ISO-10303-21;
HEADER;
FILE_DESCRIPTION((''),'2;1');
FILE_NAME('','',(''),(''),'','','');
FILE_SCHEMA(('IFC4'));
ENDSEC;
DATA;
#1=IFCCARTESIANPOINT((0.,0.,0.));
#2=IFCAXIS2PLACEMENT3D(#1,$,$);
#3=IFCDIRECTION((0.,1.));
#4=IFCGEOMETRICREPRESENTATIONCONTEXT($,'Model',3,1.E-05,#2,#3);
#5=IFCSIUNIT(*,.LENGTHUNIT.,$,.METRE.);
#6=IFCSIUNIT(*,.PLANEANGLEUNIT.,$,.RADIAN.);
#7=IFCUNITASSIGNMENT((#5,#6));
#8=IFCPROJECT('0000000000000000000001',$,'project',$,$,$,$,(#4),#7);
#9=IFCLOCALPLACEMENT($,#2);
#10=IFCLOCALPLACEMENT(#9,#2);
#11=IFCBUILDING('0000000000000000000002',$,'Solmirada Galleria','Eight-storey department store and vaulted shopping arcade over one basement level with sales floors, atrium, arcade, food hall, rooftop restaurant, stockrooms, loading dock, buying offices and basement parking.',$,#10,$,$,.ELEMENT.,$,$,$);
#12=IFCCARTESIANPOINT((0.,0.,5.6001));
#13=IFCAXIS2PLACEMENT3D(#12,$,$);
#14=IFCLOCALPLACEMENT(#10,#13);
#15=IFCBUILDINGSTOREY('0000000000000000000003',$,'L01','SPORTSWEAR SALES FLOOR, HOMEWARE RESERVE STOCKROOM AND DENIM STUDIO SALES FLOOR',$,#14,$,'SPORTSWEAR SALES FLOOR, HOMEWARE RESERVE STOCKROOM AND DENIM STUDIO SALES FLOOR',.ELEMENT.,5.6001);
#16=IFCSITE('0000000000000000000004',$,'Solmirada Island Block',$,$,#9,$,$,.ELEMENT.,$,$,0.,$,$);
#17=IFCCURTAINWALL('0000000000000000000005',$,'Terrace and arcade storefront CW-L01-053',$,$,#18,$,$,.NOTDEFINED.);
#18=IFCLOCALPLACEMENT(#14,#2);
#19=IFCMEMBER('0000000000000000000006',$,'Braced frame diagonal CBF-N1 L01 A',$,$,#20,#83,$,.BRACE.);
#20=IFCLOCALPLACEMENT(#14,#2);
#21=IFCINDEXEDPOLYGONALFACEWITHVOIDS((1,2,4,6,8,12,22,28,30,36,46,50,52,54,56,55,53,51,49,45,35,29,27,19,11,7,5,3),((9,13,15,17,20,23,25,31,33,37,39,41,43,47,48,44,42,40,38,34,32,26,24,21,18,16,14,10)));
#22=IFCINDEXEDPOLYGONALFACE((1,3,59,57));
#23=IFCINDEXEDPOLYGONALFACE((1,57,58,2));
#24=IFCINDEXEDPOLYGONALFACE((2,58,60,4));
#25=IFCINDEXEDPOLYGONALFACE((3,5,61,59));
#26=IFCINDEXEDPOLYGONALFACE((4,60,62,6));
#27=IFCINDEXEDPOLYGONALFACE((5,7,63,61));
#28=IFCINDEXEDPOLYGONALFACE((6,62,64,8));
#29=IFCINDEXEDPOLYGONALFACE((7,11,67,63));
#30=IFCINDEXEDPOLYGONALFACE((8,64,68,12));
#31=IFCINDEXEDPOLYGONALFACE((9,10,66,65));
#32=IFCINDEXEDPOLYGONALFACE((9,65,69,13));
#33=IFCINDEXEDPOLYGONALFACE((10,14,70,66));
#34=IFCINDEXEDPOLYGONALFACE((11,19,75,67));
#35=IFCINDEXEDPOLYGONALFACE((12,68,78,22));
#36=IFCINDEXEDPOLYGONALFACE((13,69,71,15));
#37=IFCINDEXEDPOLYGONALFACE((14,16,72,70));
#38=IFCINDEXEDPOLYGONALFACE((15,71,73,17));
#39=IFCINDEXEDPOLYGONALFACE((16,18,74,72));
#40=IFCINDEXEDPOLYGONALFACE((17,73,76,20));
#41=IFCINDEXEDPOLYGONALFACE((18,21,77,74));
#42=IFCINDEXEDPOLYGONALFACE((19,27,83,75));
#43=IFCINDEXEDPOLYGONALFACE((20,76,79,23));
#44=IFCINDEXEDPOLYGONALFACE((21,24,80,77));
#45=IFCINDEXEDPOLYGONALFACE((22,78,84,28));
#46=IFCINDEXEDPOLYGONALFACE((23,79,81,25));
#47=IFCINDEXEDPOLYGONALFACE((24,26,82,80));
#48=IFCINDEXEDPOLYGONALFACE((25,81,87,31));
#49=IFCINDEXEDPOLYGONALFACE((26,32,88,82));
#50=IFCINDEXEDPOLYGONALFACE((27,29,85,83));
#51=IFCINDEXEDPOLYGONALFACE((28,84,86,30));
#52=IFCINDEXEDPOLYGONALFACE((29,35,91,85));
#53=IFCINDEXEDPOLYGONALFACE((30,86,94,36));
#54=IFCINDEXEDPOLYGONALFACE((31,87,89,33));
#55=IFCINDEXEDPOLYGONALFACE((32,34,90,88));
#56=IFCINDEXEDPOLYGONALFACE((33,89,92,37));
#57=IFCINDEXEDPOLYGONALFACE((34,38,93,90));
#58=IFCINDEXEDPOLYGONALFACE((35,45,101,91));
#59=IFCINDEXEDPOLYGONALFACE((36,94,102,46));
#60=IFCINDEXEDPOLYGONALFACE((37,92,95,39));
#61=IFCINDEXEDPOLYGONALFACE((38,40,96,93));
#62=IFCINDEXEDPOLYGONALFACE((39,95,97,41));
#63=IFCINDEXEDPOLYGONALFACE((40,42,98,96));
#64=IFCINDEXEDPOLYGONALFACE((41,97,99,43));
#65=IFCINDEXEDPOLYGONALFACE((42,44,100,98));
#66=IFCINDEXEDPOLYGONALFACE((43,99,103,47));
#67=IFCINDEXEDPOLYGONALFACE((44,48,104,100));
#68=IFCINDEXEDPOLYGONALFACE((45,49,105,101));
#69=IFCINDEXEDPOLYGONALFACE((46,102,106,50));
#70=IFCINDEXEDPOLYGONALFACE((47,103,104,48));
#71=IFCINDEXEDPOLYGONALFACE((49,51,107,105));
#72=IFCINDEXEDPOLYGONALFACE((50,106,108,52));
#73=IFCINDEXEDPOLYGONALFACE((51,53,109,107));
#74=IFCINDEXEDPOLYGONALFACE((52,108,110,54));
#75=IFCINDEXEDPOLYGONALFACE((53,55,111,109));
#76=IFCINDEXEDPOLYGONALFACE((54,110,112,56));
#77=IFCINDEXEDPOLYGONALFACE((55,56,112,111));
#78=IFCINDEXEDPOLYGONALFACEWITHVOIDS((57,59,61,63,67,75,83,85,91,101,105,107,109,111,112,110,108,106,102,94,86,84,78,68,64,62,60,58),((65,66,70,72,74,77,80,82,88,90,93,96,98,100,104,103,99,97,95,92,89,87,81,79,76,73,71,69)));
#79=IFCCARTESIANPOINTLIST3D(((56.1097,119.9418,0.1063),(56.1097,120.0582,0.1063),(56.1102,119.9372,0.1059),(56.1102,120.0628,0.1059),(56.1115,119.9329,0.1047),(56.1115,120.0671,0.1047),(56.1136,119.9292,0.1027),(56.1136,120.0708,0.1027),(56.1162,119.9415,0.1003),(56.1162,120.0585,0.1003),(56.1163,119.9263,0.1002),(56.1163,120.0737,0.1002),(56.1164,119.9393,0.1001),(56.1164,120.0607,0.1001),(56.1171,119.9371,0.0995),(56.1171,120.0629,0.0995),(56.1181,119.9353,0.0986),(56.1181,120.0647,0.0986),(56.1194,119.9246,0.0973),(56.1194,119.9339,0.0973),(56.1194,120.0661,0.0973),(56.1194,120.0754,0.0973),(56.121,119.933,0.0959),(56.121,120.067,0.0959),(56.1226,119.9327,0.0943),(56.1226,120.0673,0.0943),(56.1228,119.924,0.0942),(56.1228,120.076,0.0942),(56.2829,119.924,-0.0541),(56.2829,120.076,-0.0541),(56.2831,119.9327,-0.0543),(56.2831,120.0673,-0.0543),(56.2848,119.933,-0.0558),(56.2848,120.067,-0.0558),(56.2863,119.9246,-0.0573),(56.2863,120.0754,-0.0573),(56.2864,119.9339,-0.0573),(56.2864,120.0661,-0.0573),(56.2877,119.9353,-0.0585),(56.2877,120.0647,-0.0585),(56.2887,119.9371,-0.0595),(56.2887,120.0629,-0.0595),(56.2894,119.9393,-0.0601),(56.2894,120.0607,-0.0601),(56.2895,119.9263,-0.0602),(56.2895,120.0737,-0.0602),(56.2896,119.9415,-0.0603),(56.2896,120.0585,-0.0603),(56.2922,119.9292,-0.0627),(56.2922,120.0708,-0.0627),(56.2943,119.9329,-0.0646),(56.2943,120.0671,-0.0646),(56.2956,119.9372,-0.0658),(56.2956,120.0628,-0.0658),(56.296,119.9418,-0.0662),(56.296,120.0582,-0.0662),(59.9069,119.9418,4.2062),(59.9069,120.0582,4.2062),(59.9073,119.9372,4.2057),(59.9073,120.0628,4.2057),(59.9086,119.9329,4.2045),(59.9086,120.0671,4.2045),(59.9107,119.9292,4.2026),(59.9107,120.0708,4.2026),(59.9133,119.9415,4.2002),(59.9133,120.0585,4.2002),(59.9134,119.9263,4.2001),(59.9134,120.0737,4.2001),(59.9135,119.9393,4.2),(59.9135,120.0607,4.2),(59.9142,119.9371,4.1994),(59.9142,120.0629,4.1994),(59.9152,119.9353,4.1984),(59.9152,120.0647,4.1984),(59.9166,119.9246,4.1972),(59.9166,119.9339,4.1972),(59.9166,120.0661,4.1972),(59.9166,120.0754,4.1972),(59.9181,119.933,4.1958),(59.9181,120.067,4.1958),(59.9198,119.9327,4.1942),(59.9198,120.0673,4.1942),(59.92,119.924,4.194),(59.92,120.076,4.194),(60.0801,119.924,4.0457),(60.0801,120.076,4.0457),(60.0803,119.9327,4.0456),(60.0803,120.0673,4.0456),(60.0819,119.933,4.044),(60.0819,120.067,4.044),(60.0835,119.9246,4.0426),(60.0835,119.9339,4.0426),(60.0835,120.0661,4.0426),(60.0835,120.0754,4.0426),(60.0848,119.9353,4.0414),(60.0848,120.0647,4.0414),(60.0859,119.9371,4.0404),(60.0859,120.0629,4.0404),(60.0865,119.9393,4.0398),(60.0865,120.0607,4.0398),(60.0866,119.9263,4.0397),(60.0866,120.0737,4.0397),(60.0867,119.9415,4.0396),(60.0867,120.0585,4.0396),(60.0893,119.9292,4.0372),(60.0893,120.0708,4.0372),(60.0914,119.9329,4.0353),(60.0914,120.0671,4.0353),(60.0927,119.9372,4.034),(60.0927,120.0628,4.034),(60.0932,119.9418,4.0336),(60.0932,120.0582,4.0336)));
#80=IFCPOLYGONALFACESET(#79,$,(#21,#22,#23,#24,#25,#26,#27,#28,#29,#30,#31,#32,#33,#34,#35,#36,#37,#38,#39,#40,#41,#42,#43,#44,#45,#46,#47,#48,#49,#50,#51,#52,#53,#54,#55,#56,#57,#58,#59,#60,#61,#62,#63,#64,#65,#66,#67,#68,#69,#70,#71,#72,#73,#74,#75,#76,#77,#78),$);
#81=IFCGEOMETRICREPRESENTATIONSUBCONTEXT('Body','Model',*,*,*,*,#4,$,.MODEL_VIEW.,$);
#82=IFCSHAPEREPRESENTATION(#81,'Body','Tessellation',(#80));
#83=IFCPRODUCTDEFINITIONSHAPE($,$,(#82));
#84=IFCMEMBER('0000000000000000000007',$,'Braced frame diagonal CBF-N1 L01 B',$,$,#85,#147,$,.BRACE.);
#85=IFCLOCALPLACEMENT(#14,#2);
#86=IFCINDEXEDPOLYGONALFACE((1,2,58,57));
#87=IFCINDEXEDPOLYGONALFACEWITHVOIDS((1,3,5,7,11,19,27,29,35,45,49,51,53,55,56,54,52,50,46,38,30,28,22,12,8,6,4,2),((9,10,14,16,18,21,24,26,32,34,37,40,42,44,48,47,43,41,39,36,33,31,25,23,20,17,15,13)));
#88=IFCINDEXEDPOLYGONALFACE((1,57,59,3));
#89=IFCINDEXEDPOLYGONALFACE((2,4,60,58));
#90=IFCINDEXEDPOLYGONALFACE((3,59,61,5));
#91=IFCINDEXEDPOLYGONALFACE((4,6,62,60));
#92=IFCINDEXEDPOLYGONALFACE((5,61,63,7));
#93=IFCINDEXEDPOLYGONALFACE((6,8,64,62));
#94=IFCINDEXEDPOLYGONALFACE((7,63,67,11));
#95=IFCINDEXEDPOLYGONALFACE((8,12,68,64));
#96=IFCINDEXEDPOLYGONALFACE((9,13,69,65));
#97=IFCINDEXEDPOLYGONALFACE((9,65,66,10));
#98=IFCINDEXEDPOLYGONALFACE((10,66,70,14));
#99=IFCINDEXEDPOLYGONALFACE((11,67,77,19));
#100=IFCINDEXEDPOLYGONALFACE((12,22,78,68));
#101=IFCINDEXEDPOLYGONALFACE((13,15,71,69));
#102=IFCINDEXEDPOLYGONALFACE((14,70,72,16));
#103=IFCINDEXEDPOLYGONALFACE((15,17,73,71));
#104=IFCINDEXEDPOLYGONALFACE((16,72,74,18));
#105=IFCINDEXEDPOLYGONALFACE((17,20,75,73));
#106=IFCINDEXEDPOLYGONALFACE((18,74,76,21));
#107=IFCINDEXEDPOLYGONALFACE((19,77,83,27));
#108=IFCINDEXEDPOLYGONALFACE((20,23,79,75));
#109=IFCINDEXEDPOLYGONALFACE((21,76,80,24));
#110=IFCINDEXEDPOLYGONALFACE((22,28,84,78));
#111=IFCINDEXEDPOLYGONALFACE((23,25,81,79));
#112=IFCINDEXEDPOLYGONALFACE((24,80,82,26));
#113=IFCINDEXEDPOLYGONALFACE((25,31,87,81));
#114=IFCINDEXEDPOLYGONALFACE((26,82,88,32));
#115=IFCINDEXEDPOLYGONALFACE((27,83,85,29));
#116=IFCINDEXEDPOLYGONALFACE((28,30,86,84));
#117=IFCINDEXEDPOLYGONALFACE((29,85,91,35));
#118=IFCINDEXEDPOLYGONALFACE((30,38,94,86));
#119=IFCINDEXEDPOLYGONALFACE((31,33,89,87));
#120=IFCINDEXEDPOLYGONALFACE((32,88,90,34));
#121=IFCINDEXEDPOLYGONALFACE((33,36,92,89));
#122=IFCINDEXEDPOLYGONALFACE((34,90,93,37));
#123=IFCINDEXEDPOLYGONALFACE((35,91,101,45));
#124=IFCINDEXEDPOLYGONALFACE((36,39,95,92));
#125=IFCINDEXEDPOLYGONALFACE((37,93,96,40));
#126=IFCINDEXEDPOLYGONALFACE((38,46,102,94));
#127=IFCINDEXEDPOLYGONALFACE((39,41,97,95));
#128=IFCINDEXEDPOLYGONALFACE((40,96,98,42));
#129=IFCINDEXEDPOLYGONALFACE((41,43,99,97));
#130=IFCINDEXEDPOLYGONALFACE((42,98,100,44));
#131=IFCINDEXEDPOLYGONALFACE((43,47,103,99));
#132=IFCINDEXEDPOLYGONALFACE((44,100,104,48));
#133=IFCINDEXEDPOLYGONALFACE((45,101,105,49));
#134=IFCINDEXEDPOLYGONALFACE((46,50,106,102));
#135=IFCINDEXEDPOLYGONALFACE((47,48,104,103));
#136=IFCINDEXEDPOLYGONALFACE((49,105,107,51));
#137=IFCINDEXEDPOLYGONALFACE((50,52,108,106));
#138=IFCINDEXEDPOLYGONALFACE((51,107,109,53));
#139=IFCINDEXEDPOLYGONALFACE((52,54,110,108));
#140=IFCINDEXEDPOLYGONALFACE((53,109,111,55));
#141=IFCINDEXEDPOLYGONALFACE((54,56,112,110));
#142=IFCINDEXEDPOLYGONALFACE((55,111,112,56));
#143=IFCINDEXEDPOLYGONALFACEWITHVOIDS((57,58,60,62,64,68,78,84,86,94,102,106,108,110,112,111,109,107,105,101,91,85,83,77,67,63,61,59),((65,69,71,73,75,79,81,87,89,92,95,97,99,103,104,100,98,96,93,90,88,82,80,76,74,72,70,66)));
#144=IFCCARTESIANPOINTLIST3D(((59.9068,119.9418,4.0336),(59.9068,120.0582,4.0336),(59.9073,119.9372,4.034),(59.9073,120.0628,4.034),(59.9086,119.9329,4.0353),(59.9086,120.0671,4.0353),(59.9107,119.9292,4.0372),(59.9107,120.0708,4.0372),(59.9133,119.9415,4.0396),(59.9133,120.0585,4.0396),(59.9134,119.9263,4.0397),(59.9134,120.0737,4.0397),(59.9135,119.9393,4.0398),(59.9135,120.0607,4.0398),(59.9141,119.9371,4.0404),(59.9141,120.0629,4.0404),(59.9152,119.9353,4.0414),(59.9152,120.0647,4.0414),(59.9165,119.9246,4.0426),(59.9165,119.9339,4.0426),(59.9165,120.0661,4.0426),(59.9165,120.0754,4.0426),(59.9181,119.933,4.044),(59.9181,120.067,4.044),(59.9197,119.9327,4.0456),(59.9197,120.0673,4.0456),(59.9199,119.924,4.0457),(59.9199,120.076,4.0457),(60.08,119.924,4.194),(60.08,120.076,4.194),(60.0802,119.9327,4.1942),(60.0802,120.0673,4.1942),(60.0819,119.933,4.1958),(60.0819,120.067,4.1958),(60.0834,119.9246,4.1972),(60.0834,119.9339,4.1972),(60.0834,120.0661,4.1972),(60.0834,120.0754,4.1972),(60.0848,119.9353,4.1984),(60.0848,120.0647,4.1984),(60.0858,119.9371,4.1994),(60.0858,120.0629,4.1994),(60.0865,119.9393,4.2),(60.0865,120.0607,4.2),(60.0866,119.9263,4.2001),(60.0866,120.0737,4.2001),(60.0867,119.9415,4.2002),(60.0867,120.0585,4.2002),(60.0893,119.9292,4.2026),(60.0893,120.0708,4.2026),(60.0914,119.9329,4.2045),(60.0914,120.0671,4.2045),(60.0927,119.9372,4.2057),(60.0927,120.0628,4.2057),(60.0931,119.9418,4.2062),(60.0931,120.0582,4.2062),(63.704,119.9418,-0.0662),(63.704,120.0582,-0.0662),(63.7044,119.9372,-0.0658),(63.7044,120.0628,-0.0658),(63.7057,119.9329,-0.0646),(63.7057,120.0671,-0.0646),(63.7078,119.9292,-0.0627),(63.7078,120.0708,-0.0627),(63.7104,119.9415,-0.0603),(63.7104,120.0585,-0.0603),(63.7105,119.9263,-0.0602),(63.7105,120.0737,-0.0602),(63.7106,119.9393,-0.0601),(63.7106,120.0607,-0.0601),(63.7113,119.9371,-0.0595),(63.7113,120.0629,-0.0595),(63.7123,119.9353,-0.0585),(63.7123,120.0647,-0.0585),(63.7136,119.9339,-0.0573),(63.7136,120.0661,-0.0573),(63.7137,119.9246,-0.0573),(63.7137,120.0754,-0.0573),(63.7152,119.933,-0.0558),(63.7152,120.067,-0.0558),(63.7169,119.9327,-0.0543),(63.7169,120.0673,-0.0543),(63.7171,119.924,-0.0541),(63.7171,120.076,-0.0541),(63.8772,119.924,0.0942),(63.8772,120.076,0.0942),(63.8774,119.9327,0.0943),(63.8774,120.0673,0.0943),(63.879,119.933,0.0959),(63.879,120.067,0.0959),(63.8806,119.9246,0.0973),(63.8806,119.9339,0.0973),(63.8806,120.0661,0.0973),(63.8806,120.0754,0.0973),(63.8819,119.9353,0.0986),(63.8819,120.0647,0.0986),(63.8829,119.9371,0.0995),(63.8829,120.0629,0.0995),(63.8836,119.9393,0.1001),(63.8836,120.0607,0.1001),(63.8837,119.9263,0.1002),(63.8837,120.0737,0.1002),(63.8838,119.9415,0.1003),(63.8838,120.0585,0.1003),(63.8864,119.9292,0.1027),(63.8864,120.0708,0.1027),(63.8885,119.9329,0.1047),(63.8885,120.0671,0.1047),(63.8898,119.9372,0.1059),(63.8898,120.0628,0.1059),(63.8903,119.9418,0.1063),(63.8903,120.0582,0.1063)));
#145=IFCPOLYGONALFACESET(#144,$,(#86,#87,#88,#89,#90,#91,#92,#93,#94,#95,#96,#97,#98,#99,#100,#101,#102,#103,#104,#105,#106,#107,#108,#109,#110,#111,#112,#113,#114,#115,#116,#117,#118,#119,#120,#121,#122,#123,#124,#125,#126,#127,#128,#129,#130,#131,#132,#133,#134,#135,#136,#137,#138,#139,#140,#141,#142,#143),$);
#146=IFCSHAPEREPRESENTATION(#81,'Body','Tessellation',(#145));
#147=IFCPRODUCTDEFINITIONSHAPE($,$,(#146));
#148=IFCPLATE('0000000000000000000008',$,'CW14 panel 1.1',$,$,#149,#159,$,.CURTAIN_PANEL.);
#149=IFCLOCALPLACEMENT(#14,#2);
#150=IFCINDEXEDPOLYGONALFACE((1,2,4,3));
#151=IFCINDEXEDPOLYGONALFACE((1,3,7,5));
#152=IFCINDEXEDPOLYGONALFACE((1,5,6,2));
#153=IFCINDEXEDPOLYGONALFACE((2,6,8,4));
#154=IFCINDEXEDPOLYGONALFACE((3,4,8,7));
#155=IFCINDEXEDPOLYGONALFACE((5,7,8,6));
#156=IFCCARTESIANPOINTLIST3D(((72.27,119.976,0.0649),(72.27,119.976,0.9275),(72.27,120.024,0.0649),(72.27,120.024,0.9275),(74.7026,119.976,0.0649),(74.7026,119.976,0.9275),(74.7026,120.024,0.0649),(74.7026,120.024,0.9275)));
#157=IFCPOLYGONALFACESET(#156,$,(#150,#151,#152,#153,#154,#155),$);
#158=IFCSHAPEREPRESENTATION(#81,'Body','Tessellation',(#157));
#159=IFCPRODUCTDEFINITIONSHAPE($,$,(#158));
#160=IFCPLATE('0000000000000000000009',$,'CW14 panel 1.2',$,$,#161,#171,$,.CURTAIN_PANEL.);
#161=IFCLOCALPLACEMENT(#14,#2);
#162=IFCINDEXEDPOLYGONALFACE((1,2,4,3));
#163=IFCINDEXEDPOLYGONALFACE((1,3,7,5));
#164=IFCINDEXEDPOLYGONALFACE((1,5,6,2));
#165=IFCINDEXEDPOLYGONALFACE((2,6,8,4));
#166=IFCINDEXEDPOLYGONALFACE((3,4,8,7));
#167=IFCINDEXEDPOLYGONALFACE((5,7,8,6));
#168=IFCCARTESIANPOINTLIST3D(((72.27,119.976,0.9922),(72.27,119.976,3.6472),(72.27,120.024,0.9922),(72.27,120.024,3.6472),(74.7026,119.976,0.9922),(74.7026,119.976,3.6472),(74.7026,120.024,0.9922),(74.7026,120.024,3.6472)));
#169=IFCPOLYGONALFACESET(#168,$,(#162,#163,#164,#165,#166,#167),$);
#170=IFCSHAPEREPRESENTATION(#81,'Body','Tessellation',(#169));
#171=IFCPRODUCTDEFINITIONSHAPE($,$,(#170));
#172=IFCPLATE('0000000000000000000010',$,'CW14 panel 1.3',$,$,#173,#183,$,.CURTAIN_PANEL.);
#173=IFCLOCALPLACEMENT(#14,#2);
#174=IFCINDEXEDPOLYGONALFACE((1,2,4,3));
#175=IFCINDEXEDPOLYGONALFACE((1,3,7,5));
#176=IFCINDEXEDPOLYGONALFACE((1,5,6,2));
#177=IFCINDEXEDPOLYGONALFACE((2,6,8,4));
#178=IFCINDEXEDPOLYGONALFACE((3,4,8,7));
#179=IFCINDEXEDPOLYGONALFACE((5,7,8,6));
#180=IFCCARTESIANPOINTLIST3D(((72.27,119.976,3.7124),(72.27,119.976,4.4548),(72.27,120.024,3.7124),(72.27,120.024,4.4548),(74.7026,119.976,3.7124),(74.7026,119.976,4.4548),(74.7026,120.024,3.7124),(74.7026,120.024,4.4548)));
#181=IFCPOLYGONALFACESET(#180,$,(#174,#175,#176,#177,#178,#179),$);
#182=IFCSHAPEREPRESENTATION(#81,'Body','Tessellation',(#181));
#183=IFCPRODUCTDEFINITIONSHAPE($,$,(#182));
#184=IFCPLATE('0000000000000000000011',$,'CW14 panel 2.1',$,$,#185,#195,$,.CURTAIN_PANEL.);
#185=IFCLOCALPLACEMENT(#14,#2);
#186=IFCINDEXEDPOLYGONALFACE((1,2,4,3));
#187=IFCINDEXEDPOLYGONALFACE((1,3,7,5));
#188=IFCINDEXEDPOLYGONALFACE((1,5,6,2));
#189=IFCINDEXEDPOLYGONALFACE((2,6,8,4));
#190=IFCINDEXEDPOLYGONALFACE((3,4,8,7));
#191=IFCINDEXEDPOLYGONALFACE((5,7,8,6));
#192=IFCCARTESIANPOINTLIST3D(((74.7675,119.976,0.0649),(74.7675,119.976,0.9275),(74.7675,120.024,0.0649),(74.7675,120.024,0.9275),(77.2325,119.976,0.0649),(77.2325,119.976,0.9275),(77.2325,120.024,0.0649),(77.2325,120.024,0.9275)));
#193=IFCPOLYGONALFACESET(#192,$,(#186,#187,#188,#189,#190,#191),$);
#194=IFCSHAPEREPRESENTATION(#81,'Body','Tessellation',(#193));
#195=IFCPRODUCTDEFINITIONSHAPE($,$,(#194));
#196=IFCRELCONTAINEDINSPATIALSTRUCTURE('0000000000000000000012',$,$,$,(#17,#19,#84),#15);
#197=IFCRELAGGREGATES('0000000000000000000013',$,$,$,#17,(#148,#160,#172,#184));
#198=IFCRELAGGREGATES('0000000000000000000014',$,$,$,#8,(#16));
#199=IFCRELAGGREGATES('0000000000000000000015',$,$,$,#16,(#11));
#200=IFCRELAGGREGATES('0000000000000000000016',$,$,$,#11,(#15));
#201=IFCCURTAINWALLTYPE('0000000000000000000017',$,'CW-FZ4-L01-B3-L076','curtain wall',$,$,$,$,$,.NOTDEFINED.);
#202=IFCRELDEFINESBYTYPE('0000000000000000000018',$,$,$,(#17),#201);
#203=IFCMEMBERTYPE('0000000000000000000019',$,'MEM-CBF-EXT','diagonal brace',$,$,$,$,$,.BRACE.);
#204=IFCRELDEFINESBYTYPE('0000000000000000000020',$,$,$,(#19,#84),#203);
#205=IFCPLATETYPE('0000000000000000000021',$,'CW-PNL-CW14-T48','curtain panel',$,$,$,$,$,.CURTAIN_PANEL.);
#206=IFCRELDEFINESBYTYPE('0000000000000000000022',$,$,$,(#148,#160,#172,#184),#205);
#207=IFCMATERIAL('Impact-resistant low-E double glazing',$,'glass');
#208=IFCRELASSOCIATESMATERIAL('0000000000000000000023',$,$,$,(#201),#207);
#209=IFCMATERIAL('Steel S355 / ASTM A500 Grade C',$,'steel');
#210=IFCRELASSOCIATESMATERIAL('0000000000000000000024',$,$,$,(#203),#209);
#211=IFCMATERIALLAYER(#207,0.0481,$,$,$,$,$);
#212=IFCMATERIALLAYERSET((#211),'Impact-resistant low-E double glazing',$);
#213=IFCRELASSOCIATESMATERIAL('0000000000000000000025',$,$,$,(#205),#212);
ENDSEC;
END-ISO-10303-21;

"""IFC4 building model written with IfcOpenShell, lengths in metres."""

from ifc_helpers import new_model, si_unit, direction, frame, origin, origin_2d, place, context, subcontext, project, spatial, rectangle, hollow_rectangle, extrude, material, layer, layer_set, material_profile, profile_set, type_object, element, aggregate, save


model = new_model("IFC4")

# Units and contexts
model_context = context("Model", 3, precision=1e-05, world=origin(), true_north=direction((0.0, 1.0)))
body_context = subcontext(model_context, "Body", "Model", "MODEL_VIEW")
ifc_project = project(units=[si_unit("LENGTHUNIT", "METRE"), si_unit("PLANEANGLEUNIT", "RADIAN")], contexts=[model_context])

# Site, building, storey
site_placement = place(None, origin())
site = spatial("IfcSite", under=ifc_project, at=site_placement, Name="Solmirada Island Block", CompositionType="ELEMENT", RefElevation=0.0)
building_placement = place(site_placement, origin())
building = spatial("IfcBuilding", under=site, at=building_placement, Name="Solmirada Galleria", Description="Eight-storey department store and vaulted shopping arcade over one basement level with sales floors, atrium, arcade, food hall, rooftop restaurant, stockrooms, loading dock, buying offices and basement parking.", CompositionType="ELEMENT")
storey_placement = place(building_placement, frame((0.0, 0.0, 5.6001)))
storey = spatial("IfcBuildingStorey", under=building, at=storey_placement, Name="L01", Description="SPORTSWEAR SALES FLOOR, HOMEWARE RESERVE STOCKROOM AND DENIM STUDIO SALES FLOOR", LongName="SPORTSWEAR SALES FLOOR, HOMEWARE RESERVE STOCKROOM AND DENIM STUDIO SALES FLOOR", CompositionType="ELEMENT", Elevation=5.6001)

# Shared definitions
ifc_material_1 = material(Name="Steel S355 / ASTM A500 Grade C", Category="steel")

# Curtain wall
ifc_material_2 = material(Name="Impact-resistant low-E double glazing", Category="glass")
curtain_wall_type = type_object("IfcCurtainWallType", Name="CW-FZ4-L01-B3-L076", Description="curtain wall", PredefinedType="NOTDEFINED", material=ifc_material_2)
curtain_wall_placement = place(storey_placement, origin())
curtain_wall = element("IfcCurtainWall", 1, at=curtain_wall_placement, inside=storey, type_object=curtain_wall_type, Name="Terrace and arcade storefront CW-L01-053", PredefinedType="NOTDEFINED")

# Members
ifc_material_profile_1 = material_profile(ifc_material_1, hollow_rectangle(XDim=0.1521, YDim=0.2539, WallThickness=0.0088, InnerFilletRadius=0.0088, OuterFilletRadius=0.0178, at=origin_2d()), Name="HSS10X6X3/8")
ifc_profile_set_1 = profile_set([ifc_material_profile_1], Name="Steel S355 / ASTM A500 Grade C")
member_type_1 = type_object("IfcMemberType", Name="MEM-CBF-EXT", Description="diagonal brace", PredefinedType="BRACE", material=ifc_profile_set_1)
for number, where, z_axis, x_axis, name in (
    (2, (56.2029, 120.0, 0.02), (0.6795, 0.0, 0.733675), (0.0, 1.0, 0.0), "Braced frame diagonal CBF-N1 L01 A"),
    (3, (63.7971, 120.0, 0.02), (-0.6795, 0.0, 0.733675), (0.0, -1.0, 0.0), "Braced frame diagonal CBF-N1 L01 B"),
):
    element("IfcMember", number, at=place(storey_placement, frame(where, z_axis=z_axis, x_axis=x_axis)), inside=storey, type_object=member_type_1, Name=name, PredefinedType="BRACE", context=body_context, shape_type="SweptSolid", body=[
        extrude(hollow_rectangle(XDim=0.1521, YDim=0.2539, WallThickness=0.0088, InnerFilletRadius=0.0088, OuterFilletRadius=0.0178, at=origin_2d()), origin(), (0.0, 0.0, 1.0), 5.5881),
    ])

# Plates
ifc_layer_1 = layer(ifc_material_2, 0.0481)
ifc_layer_set_1 = layer_set([ifc_layer_1], Name="Impact-resistant low-E double glazing")
plate_type_1 = type_object("IfcPlateType", Name="CW-PNL-CW14-T48", Description="curtain panel", PredefinedType="CURTAIN_PANEL", material=ifc_layer_set_1)
plate_1_placement = place(storey_placement, frame((73.4863, 120.0, 0.0649), z_axis=(0.0, 0.0, 1.0), x_axis=(1.0, 0.0, 0.0)))
plate_1 = element("IfcPlate", 4, at=plate_1_placement, type_object=plate_type_1, Name="CW14 panel 1.1", PredefinedType="CURTAIN_PANEL", context=body_context, shape_type="SweptSolid", body=[
    extrude(rectangle(XDim=2.4326, YDim=0.0481, at=origin_2d()), origin(), (0.0, 0.0, 1.0), 0.8625),
])
plate_2_placement = place(storey_placement, frame((73.4863, 120.0, 0.9922), z_axis=(0.0, 0.0, 1.0), x_axis=(1.0, 0.0, 0.0)))
plate_2 = element("IfcPlate", 5, at=plate_2_placement, type_object=plate_type_1, Name="CW14 panel 1.2", PredefinedType="CURTAIN_PANEL", context=body_context, shape_type="SweptSolid", body=[
    extrude(rectangle(XDim=2.4326, YDim=0.0481, at=origin_2d()), origin(), (0.0, 0.0, 1.0), 2.655),
])
plate_3_placement = place(storey_placement, frame((73.4863, 120.0, 3.7124), z_axis=(0.0, 0.0, 1.0), x_axis=(1.0, 0.0, 0.0)))
plate_3 = element("IfcPlate", 6, at=plate_3_placement, type_object=plate_type_1, Name="CW14 panel 1.3", PredefinedType="CURTAIN_PANEL", context=body_context, shape_type="SweptSolid", body=[
    extrude(rectangle(XDim=2.4326, YDim=0.0481, at=origin_2d()), origin(), (0.0, 0.0, 1.0), 0.7424),
])
plate_4_placement = place(storey_placement, frame((76.0, 120.0, 0.0649), z_axis=(0.0, 0.0, 1.0), x_axis=(1.0, 0.0, 0.0)))
plate_4 = element("IfcPlate", 7, at=plate_4_placement, type_object=plate_type_1, Name="CW14 panel 2.1", PredefinedType="CURTAIN_PANEL", context=body_context, shape_type="SweptSolid", body=[
    extrude(rectangle(XDim=2.4651, YDim=0.0481, at=origin_2d()), origin(), (0.0, 0.0, 1.0), 0.8625),
])
aggregate(curtain_wall, [plate_1, plate_2, plate_3, plate_4])

save(model, "model.ifc")
